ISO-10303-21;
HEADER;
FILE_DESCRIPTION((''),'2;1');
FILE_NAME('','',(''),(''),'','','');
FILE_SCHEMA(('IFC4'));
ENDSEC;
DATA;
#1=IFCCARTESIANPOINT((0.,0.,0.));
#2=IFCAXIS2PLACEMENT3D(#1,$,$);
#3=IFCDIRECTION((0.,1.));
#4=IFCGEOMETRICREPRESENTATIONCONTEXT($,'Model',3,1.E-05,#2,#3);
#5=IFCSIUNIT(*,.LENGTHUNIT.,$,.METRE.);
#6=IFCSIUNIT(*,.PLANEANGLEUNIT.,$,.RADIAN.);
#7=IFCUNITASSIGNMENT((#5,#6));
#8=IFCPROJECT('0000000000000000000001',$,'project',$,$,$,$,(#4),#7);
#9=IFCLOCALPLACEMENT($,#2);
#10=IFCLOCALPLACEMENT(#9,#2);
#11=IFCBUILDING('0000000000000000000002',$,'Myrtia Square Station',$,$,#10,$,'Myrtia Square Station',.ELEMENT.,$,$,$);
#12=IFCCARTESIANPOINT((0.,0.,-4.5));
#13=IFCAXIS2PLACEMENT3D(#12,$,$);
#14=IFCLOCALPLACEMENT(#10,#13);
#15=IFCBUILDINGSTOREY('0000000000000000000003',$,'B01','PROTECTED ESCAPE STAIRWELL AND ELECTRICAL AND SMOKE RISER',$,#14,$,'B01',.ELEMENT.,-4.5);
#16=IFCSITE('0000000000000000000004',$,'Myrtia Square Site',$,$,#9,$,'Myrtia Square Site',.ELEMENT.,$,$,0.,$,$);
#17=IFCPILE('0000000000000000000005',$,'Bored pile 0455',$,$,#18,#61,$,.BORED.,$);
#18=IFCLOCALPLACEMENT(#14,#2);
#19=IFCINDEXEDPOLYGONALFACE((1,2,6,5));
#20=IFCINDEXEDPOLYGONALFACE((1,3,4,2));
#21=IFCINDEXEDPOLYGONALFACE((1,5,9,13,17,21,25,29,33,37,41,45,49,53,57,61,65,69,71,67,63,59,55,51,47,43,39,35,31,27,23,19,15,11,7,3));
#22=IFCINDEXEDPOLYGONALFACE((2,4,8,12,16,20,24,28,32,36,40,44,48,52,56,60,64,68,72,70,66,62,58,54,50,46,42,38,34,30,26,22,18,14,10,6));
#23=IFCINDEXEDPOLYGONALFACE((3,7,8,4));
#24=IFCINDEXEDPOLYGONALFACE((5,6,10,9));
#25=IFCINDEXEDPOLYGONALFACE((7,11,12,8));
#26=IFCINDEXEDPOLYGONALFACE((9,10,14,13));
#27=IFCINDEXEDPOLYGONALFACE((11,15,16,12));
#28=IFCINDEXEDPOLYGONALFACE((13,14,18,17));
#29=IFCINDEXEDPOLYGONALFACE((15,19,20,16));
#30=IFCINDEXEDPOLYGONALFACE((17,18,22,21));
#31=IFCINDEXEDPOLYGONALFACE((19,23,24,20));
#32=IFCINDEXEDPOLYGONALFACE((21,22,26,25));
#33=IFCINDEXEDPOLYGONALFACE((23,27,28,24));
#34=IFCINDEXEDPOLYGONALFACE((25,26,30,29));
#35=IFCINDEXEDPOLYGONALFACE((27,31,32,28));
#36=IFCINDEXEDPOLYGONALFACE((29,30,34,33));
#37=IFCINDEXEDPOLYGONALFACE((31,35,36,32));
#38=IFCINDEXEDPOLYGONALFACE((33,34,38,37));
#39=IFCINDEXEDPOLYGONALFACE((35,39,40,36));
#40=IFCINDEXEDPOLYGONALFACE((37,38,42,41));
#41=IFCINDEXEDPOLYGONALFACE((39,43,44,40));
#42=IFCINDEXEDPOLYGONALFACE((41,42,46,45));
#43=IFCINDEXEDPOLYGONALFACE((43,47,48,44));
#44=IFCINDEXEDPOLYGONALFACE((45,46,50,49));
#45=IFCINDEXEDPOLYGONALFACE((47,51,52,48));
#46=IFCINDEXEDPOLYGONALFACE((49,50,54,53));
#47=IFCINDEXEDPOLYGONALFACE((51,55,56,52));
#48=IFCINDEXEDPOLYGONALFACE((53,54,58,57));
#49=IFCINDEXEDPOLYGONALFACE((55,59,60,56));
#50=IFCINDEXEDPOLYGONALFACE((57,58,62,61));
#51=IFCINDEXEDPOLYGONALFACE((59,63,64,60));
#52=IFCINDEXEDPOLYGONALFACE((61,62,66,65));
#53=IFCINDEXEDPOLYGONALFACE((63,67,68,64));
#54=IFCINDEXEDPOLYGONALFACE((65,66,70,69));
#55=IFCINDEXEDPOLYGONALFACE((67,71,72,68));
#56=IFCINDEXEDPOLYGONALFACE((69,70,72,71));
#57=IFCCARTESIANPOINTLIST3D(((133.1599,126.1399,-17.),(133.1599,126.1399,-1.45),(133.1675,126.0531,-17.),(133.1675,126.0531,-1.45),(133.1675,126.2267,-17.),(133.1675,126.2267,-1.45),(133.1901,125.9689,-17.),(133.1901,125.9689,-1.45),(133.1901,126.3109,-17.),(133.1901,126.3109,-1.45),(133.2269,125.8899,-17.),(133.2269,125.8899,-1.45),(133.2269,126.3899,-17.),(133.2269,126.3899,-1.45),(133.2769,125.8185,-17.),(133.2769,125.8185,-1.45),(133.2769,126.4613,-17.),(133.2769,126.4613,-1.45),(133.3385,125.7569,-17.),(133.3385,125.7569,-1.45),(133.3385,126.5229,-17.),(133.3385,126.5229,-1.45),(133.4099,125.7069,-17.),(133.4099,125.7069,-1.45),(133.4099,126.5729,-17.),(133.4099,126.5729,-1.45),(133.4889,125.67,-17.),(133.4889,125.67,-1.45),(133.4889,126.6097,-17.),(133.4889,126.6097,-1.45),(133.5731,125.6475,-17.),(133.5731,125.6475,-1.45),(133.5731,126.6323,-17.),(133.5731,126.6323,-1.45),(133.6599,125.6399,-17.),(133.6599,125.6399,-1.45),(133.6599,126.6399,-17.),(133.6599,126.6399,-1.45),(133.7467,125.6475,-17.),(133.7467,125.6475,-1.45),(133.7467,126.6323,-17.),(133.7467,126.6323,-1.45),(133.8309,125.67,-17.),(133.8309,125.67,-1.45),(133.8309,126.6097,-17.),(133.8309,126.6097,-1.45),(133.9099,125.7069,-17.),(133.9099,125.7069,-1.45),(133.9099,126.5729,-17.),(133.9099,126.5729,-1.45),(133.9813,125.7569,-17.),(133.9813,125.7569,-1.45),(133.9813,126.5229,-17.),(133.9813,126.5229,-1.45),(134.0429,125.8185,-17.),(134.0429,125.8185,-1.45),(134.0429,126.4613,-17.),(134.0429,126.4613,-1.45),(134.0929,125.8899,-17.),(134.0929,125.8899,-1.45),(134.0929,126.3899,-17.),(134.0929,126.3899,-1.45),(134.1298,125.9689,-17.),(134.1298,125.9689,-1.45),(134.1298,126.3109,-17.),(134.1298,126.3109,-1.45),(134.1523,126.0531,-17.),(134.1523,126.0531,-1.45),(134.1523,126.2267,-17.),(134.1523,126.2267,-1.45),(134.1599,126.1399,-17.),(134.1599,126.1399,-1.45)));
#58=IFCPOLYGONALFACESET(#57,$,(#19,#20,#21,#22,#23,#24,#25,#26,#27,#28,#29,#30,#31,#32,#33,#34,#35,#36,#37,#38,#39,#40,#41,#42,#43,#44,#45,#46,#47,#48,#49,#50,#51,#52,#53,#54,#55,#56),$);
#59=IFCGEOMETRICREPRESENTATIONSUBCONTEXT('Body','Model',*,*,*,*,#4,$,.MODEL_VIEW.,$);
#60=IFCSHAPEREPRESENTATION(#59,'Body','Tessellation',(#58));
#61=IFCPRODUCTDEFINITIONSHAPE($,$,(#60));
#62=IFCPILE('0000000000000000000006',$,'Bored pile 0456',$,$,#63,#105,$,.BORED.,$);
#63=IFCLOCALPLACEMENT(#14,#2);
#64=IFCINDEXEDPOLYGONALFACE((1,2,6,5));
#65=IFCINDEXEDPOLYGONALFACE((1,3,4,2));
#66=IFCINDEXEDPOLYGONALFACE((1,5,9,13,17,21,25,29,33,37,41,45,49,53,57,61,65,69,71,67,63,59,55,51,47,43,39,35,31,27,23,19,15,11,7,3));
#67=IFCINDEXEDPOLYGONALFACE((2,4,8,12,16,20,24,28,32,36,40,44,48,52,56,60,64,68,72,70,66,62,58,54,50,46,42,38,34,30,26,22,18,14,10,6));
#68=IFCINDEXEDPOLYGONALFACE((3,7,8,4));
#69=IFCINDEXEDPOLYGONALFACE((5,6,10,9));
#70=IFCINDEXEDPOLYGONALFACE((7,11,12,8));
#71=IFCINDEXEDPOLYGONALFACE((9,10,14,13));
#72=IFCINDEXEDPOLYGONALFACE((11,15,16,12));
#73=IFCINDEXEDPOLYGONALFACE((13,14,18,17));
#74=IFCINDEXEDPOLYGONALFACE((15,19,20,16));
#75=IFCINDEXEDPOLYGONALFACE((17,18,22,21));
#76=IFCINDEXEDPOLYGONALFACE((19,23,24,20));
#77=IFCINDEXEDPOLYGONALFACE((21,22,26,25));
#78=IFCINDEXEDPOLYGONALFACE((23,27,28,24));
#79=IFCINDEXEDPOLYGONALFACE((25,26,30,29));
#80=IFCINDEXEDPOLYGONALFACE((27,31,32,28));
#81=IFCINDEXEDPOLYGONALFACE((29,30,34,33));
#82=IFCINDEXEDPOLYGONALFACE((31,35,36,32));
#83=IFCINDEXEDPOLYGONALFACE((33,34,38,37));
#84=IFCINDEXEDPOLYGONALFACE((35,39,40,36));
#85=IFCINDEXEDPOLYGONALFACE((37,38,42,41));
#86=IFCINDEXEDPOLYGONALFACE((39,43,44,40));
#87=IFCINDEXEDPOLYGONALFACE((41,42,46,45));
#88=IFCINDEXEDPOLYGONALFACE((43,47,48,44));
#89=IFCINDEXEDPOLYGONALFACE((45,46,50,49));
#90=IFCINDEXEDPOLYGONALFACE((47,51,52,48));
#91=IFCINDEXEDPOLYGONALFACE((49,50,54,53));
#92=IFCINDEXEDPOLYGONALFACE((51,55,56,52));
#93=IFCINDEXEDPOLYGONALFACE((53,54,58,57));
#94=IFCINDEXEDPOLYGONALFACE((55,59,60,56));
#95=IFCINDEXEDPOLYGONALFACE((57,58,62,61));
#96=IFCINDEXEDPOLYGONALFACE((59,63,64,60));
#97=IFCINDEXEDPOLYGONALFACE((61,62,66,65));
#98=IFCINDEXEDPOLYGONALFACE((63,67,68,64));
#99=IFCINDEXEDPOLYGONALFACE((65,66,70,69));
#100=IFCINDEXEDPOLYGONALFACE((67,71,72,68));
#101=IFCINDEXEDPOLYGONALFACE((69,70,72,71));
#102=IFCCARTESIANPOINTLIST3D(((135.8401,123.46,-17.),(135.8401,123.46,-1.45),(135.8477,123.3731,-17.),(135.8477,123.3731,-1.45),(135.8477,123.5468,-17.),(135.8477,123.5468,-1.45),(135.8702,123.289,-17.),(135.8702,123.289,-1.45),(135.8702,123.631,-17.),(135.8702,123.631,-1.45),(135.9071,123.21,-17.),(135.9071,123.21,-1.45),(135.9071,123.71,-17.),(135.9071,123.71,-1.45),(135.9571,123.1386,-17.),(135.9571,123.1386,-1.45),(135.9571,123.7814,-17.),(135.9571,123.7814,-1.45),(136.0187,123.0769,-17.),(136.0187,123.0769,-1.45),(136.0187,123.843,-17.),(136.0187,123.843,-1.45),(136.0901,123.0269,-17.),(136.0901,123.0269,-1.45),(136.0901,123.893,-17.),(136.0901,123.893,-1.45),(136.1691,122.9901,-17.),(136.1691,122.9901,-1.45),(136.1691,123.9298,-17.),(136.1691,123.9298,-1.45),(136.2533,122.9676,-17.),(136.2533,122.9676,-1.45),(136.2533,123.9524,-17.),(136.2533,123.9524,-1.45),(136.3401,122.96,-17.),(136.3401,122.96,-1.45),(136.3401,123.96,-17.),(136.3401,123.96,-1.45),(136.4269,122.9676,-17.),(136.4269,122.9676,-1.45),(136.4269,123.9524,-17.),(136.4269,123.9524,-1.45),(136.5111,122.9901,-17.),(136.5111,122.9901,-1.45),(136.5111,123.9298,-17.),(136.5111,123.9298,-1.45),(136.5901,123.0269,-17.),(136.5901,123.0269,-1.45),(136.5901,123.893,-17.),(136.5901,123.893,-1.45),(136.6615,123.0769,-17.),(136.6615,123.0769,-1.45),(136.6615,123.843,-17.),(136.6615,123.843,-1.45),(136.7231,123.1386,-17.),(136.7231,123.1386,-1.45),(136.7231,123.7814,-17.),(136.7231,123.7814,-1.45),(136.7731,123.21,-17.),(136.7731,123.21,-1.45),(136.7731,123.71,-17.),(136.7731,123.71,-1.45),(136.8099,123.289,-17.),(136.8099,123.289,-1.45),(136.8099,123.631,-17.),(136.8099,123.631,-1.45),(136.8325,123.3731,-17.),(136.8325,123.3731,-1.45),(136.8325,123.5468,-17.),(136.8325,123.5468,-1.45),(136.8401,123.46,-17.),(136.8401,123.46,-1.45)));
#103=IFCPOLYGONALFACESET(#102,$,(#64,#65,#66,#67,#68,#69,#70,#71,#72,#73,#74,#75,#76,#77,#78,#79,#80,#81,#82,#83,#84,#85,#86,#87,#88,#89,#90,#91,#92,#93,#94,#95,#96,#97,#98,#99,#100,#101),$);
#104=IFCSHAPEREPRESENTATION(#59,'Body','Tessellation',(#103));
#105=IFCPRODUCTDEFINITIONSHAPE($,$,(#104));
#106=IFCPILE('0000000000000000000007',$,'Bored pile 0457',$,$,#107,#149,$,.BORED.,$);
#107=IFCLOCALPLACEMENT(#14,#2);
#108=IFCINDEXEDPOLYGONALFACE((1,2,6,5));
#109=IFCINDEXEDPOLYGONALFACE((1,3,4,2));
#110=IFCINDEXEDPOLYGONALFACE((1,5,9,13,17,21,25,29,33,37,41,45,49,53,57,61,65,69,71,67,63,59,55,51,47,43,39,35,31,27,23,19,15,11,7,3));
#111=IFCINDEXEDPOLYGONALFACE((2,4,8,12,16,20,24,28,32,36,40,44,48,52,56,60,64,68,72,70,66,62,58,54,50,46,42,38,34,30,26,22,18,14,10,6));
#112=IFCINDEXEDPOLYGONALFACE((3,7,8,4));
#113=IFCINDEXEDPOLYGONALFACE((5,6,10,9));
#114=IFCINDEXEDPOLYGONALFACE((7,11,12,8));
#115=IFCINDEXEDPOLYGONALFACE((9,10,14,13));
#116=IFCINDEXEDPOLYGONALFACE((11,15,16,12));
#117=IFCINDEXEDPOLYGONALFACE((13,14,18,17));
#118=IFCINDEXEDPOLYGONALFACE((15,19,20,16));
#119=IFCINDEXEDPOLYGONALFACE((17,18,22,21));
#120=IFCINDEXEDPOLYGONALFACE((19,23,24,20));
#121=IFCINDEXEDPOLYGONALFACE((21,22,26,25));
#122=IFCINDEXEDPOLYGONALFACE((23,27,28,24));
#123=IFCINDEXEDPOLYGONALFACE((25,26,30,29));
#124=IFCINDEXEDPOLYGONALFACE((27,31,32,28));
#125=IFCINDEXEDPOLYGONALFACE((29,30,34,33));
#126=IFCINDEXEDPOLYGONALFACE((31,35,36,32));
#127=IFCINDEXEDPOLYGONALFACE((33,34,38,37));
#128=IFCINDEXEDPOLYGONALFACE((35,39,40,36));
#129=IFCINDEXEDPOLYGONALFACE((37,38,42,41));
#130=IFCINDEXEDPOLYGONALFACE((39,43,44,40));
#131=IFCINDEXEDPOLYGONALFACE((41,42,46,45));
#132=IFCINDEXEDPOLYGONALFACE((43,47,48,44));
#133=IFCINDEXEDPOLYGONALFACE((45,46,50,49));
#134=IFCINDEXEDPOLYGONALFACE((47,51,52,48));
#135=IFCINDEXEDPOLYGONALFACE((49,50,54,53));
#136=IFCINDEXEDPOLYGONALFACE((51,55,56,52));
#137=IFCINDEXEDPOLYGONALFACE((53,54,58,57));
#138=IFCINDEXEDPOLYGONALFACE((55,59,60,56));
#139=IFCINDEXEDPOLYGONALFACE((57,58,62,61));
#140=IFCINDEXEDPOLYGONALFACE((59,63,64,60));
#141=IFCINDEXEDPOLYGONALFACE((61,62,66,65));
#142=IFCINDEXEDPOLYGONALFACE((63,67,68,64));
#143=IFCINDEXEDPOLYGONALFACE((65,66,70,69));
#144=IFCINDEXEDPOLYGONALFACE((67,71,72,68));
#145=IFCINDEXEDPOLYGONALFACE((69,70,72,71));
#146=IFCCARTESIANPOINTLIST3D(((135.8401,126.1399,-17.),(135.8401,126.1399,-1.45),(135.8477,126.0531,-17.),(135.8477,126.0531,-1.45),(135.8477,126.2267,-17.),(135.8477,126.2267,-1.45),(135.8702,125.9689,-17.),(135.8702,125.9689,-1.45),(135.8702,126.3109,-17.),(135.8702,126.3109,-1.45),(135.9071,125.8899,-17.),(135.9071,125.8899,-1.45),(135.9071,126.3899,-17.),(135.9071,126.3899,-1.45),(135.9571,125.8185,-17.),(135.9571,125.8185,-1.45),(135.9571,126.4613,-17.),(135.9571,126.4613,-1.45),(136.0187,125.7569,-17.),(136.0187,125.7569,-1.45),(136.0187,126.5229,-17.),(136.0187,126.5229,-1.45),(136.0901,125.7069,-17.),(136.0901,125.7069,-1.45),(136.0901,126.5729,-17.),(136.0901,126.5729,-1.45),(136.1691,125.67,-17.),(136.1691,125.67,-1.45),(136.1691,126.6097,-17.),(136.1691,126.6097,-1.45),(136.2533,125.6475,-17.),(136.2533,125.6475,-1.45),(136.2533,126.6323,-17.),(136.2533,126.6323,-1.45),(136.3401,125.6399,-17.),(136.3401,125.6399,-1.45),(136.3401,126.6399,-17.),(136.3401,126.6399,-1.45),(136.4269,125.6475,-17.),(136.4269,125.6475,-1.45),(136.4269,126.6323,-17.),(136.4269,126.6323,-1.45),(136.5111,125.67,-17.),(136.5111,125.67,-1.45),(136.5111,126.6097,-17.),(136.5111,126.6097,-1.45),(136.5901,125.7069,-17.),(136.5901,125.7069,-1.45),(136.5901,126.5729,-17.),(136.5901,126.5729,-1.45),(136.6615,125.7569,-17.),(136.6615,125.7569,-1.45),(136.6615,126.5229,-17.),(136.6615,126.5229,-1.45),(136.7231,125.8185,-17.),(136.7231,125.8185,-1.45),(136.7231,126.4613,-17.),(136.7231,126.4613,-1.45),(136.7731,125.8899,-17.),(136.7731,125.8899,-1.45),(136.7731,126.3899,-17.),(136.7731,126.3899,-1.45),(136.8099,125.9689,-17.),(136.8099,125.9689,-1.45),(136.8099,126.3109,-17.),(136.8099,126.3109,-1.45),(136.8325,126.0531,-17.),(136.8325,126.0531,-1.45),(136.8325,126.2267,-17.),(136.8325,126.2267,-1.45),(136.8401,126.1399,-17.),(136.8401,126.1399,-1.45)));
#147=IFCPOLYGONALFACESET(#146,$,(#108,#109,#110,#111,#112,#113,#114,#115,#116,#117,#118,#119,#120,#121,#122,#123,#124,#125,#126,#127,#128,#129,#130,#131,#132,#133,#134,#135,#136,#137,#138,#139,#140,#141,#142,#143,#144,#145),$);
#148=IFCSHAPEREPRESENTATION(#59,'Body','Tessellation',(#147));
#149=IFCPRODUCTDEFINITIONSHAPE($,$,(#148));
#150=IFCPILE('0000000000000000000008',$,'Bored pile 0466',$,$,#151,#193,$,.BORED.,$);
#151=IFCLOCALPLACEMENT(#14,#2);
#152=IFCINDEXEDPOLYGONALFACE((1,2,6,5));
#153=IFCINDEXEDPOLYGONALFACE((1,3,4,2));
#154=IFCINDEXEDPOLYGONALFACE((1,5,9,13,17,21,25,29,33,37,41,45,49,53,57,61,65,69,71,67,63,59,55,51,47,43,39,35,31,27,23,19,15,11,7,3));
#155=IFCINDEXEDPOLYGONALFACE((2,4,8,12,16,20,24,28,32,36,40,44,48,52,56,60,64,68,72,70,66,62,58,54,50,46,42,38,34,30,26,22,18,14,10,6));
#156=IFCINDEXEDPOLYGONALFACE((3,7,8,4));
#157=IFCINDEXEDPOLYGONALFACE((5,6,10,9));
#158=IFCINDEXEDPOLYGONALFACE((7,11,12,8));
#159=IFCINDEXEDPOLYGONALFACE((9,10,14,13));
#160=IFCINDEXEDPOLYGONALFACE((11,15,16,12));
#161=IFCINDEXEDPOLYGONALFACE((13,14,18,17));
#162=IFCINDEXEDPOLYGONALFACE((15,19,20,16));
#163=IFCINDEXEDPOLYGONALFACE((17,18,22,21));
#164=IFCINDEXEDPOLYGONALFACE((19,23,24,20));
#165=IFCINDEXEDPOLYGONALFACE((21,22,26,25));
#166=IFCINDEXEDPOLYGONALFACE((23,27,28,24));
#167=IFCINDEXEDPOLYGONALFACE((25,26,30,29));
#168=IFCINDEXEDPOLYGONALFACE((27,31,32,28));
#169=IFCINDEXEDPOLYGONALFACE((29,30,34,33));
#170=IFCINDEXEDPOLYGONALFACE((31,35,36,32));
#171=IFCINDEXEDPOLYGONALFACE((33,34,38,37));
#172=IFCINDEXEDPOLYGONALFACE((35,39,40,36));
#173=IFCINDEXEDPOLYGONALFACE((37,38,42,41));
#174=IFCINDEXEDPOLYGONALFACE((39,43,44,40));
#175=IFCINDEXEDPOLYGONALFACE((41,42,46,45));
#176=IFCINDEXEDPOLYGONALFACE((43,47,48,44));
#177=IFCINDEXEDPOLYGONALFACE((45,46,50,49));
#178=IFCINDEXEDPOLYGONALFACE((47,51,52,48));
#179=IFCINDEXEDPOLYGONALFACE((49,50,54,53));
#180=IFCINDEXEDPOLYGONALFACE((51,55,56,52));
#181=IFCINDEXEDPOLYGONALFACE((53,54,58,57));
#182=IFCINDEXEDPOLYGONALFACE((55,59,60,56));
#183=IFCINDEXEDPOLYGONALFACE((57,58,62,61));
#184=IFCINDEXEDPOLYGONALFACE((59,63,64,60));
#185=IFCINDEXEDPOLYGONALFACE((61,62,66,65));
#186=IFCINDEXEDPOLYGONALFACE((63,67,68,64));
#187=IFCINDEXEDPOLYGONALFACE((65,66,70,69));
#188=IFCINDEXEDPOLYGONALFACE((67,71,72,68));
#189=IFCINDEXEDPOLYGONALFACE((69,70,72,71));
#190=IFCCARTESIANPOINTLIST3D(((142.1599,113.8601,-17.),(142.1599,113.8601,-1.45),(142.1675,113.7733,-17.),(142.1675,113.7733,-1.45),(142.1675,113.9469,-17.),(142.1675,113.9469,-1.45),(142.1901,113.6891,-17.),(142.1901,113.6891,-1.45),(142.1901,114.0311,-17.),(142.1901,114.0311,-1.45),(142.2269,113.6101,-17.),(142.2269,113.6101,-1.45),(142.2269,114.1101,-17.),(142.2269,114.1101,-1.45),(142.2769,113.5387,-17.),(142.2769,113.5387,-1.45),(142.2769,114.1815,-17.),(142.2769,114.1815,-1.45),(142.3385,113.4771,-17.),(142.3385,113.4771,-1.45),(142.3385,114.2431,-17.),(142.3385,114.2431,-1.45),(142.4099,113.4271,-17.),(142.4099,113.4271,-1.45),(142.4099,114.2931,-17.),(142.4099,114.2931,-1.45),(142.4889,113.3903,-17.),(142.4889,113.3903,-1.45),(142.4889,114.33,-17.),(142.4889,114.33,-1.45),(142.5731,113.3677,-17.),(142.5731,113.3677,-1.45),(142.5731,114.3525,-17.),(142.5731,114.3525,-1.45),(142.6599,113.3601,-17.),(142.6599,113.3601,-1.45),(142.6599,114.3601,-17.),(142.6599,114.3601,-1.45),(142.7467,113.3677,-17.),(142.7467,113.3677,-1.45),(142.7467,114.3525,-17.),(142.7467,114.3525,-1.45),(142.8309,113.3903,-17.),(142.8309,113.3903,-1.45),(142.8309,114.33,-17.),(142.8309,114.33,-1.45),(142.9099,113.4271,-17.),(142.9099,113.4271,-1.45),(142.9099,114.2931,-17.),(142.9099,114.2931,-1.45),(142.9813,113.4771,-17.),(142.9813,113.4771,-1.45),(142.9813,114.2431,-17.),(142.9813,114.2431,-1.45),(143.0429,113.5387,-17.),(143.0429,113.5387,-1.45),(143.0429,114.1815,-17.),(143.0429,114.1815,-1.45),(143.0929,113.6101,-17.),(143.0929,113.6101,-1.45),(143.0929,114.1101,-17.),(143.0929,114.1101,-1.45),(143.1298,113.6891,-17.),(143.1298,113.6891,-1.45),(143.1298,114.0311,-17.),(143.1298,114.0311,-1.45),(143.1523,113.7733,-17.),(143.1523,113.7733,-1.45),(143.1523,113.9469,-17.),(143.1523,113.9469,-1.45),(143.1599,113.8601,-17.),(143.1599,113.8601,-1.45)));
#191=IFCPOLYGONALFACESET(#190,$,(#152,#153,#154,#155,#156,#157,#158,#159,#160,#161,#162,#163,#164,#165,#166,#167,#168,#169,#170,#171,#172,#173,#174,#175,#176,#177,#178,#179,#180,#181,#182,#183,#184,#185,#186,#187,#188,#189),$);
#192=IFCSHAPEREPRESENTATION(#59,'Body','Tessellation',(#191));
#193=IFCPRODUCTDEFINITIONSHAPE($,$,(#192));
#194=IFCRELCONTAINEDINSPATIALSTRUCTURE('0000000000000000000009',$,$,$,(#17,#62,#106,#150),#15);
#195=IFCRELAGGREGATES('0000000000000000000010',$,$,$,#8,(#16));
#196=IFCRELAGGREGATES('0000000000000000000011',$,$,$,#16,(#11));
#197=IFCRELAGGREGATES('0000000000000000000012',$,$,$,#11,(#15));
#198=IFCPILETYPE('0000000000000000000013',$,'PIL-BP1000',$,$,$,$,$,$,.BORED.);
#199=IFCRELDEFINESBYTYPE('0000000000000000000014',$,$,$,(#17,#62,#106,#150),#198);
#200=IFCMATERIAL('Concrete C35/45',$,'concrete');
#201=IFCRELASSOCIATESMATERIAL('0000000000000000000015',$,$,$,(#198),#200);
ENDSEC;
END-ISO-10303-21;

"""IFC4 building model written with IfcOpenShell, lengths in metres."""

from ifc_helpers import new_model, si_unit, direction, frame, origin, origin_2d, place, context, subcontext, project, spatial, circle, extrude, material, material_profile, profile_set, type_object, element, save


model = new_model("IFC4")

# Units and contexts
model_context = context("Model", 3, precision=1e-05, world=origin(), true_north=direction((0.0, 1.0)))
body_context = subcontext(model_context, "Body", "Model", "MODEL_VIEW")
ifc_project = project(units=[si_unit("LENGTHUNIT", "METRE"), si_unit("PLANEANGLEUNIT", "RADIAN")], contexts=[model_context])

# Site, building, storey
site_placement = place(None, origin())
site = spatial("IfcSite", under=ifc_project, at=site_placement, Name="Myrtia Square Site", LongName="Myrtia Square Site", CompositionType="ELEMENT", RefElevation=0.0)
building_placement = place(site_placement, origin())
building = spatial("IfcBuilding", under=site, at=building_placement, Name="Myrtia Square Station", LongName="Myrtia Square Station", CompositionType="ELEMENT")
storey_placement = place(building_placement, frame((0.0, 0.0, -4.5)))
storey = spatial("IfcBuildingStorey", under=building, at=storey_placement, Name="B01", Description="PROTECTED ESCAPE STAIRWELL AND ELECTRICAL AND SMOKE RISER", LongName="B01", CompositionType="ELEMENT", Elevation=-4.5)

# Shared definitions
ifc_material_1 = material(Name="Concrete C35/45", Category="concrete")

# Piles
ifc_material_profile_1 = material_profile(ifc_material_1, circle(Radius=0.5, at=origin_2d()), Name="BP D1000")
ifc_profile_set_1 = profile_set([ifc_material_profile_1], Name="Concrete C35/45")
pile_type_1 = type_object("IfcPileType", Name="PIL-BP1000", PredefinedType="BORED", material=ifc_profile_set_1)
for number, where, z_axis, x_axis, name in (
    (1, (133.6599, 126.1399, -1.45), (0.0, 0.0, -1.0), (1.0, 0.0, 0.0), "Bored pile 0455"),
    (2, (136.3401, 123.46, -1.45), (0.0, 0.0, -1.0), (1.0, 0.0, 0.0), "Bored pile 0456"),
    (3, (136.3401, 126.1399, -1.45), (0.0, 0.0, -1.0), (1.0, 0.0, 0.0), "Bored pile 0457"),
    (4, (142.6599, 113.8601, -1.45), (0.0, 0.0, -1.0), (1.0, 0.0, 0.0), "Bored pile 0466"),
):
    element("IfcPile", number, at=place(storey_placement, frame(where, z_axis=z_axis, x_axis=x_axis)), inside=storey, type_object=pile_type_1, Name=name, PredefinedType="BORED", context=body_context, shape_type="SweptSolid", body=[
        extrude(circle(Radius=0.5, at=origin_2d()), origin(), (0.0, 0.0, 1.0), 15.55),
    ])

save(model, "model.ifc")
